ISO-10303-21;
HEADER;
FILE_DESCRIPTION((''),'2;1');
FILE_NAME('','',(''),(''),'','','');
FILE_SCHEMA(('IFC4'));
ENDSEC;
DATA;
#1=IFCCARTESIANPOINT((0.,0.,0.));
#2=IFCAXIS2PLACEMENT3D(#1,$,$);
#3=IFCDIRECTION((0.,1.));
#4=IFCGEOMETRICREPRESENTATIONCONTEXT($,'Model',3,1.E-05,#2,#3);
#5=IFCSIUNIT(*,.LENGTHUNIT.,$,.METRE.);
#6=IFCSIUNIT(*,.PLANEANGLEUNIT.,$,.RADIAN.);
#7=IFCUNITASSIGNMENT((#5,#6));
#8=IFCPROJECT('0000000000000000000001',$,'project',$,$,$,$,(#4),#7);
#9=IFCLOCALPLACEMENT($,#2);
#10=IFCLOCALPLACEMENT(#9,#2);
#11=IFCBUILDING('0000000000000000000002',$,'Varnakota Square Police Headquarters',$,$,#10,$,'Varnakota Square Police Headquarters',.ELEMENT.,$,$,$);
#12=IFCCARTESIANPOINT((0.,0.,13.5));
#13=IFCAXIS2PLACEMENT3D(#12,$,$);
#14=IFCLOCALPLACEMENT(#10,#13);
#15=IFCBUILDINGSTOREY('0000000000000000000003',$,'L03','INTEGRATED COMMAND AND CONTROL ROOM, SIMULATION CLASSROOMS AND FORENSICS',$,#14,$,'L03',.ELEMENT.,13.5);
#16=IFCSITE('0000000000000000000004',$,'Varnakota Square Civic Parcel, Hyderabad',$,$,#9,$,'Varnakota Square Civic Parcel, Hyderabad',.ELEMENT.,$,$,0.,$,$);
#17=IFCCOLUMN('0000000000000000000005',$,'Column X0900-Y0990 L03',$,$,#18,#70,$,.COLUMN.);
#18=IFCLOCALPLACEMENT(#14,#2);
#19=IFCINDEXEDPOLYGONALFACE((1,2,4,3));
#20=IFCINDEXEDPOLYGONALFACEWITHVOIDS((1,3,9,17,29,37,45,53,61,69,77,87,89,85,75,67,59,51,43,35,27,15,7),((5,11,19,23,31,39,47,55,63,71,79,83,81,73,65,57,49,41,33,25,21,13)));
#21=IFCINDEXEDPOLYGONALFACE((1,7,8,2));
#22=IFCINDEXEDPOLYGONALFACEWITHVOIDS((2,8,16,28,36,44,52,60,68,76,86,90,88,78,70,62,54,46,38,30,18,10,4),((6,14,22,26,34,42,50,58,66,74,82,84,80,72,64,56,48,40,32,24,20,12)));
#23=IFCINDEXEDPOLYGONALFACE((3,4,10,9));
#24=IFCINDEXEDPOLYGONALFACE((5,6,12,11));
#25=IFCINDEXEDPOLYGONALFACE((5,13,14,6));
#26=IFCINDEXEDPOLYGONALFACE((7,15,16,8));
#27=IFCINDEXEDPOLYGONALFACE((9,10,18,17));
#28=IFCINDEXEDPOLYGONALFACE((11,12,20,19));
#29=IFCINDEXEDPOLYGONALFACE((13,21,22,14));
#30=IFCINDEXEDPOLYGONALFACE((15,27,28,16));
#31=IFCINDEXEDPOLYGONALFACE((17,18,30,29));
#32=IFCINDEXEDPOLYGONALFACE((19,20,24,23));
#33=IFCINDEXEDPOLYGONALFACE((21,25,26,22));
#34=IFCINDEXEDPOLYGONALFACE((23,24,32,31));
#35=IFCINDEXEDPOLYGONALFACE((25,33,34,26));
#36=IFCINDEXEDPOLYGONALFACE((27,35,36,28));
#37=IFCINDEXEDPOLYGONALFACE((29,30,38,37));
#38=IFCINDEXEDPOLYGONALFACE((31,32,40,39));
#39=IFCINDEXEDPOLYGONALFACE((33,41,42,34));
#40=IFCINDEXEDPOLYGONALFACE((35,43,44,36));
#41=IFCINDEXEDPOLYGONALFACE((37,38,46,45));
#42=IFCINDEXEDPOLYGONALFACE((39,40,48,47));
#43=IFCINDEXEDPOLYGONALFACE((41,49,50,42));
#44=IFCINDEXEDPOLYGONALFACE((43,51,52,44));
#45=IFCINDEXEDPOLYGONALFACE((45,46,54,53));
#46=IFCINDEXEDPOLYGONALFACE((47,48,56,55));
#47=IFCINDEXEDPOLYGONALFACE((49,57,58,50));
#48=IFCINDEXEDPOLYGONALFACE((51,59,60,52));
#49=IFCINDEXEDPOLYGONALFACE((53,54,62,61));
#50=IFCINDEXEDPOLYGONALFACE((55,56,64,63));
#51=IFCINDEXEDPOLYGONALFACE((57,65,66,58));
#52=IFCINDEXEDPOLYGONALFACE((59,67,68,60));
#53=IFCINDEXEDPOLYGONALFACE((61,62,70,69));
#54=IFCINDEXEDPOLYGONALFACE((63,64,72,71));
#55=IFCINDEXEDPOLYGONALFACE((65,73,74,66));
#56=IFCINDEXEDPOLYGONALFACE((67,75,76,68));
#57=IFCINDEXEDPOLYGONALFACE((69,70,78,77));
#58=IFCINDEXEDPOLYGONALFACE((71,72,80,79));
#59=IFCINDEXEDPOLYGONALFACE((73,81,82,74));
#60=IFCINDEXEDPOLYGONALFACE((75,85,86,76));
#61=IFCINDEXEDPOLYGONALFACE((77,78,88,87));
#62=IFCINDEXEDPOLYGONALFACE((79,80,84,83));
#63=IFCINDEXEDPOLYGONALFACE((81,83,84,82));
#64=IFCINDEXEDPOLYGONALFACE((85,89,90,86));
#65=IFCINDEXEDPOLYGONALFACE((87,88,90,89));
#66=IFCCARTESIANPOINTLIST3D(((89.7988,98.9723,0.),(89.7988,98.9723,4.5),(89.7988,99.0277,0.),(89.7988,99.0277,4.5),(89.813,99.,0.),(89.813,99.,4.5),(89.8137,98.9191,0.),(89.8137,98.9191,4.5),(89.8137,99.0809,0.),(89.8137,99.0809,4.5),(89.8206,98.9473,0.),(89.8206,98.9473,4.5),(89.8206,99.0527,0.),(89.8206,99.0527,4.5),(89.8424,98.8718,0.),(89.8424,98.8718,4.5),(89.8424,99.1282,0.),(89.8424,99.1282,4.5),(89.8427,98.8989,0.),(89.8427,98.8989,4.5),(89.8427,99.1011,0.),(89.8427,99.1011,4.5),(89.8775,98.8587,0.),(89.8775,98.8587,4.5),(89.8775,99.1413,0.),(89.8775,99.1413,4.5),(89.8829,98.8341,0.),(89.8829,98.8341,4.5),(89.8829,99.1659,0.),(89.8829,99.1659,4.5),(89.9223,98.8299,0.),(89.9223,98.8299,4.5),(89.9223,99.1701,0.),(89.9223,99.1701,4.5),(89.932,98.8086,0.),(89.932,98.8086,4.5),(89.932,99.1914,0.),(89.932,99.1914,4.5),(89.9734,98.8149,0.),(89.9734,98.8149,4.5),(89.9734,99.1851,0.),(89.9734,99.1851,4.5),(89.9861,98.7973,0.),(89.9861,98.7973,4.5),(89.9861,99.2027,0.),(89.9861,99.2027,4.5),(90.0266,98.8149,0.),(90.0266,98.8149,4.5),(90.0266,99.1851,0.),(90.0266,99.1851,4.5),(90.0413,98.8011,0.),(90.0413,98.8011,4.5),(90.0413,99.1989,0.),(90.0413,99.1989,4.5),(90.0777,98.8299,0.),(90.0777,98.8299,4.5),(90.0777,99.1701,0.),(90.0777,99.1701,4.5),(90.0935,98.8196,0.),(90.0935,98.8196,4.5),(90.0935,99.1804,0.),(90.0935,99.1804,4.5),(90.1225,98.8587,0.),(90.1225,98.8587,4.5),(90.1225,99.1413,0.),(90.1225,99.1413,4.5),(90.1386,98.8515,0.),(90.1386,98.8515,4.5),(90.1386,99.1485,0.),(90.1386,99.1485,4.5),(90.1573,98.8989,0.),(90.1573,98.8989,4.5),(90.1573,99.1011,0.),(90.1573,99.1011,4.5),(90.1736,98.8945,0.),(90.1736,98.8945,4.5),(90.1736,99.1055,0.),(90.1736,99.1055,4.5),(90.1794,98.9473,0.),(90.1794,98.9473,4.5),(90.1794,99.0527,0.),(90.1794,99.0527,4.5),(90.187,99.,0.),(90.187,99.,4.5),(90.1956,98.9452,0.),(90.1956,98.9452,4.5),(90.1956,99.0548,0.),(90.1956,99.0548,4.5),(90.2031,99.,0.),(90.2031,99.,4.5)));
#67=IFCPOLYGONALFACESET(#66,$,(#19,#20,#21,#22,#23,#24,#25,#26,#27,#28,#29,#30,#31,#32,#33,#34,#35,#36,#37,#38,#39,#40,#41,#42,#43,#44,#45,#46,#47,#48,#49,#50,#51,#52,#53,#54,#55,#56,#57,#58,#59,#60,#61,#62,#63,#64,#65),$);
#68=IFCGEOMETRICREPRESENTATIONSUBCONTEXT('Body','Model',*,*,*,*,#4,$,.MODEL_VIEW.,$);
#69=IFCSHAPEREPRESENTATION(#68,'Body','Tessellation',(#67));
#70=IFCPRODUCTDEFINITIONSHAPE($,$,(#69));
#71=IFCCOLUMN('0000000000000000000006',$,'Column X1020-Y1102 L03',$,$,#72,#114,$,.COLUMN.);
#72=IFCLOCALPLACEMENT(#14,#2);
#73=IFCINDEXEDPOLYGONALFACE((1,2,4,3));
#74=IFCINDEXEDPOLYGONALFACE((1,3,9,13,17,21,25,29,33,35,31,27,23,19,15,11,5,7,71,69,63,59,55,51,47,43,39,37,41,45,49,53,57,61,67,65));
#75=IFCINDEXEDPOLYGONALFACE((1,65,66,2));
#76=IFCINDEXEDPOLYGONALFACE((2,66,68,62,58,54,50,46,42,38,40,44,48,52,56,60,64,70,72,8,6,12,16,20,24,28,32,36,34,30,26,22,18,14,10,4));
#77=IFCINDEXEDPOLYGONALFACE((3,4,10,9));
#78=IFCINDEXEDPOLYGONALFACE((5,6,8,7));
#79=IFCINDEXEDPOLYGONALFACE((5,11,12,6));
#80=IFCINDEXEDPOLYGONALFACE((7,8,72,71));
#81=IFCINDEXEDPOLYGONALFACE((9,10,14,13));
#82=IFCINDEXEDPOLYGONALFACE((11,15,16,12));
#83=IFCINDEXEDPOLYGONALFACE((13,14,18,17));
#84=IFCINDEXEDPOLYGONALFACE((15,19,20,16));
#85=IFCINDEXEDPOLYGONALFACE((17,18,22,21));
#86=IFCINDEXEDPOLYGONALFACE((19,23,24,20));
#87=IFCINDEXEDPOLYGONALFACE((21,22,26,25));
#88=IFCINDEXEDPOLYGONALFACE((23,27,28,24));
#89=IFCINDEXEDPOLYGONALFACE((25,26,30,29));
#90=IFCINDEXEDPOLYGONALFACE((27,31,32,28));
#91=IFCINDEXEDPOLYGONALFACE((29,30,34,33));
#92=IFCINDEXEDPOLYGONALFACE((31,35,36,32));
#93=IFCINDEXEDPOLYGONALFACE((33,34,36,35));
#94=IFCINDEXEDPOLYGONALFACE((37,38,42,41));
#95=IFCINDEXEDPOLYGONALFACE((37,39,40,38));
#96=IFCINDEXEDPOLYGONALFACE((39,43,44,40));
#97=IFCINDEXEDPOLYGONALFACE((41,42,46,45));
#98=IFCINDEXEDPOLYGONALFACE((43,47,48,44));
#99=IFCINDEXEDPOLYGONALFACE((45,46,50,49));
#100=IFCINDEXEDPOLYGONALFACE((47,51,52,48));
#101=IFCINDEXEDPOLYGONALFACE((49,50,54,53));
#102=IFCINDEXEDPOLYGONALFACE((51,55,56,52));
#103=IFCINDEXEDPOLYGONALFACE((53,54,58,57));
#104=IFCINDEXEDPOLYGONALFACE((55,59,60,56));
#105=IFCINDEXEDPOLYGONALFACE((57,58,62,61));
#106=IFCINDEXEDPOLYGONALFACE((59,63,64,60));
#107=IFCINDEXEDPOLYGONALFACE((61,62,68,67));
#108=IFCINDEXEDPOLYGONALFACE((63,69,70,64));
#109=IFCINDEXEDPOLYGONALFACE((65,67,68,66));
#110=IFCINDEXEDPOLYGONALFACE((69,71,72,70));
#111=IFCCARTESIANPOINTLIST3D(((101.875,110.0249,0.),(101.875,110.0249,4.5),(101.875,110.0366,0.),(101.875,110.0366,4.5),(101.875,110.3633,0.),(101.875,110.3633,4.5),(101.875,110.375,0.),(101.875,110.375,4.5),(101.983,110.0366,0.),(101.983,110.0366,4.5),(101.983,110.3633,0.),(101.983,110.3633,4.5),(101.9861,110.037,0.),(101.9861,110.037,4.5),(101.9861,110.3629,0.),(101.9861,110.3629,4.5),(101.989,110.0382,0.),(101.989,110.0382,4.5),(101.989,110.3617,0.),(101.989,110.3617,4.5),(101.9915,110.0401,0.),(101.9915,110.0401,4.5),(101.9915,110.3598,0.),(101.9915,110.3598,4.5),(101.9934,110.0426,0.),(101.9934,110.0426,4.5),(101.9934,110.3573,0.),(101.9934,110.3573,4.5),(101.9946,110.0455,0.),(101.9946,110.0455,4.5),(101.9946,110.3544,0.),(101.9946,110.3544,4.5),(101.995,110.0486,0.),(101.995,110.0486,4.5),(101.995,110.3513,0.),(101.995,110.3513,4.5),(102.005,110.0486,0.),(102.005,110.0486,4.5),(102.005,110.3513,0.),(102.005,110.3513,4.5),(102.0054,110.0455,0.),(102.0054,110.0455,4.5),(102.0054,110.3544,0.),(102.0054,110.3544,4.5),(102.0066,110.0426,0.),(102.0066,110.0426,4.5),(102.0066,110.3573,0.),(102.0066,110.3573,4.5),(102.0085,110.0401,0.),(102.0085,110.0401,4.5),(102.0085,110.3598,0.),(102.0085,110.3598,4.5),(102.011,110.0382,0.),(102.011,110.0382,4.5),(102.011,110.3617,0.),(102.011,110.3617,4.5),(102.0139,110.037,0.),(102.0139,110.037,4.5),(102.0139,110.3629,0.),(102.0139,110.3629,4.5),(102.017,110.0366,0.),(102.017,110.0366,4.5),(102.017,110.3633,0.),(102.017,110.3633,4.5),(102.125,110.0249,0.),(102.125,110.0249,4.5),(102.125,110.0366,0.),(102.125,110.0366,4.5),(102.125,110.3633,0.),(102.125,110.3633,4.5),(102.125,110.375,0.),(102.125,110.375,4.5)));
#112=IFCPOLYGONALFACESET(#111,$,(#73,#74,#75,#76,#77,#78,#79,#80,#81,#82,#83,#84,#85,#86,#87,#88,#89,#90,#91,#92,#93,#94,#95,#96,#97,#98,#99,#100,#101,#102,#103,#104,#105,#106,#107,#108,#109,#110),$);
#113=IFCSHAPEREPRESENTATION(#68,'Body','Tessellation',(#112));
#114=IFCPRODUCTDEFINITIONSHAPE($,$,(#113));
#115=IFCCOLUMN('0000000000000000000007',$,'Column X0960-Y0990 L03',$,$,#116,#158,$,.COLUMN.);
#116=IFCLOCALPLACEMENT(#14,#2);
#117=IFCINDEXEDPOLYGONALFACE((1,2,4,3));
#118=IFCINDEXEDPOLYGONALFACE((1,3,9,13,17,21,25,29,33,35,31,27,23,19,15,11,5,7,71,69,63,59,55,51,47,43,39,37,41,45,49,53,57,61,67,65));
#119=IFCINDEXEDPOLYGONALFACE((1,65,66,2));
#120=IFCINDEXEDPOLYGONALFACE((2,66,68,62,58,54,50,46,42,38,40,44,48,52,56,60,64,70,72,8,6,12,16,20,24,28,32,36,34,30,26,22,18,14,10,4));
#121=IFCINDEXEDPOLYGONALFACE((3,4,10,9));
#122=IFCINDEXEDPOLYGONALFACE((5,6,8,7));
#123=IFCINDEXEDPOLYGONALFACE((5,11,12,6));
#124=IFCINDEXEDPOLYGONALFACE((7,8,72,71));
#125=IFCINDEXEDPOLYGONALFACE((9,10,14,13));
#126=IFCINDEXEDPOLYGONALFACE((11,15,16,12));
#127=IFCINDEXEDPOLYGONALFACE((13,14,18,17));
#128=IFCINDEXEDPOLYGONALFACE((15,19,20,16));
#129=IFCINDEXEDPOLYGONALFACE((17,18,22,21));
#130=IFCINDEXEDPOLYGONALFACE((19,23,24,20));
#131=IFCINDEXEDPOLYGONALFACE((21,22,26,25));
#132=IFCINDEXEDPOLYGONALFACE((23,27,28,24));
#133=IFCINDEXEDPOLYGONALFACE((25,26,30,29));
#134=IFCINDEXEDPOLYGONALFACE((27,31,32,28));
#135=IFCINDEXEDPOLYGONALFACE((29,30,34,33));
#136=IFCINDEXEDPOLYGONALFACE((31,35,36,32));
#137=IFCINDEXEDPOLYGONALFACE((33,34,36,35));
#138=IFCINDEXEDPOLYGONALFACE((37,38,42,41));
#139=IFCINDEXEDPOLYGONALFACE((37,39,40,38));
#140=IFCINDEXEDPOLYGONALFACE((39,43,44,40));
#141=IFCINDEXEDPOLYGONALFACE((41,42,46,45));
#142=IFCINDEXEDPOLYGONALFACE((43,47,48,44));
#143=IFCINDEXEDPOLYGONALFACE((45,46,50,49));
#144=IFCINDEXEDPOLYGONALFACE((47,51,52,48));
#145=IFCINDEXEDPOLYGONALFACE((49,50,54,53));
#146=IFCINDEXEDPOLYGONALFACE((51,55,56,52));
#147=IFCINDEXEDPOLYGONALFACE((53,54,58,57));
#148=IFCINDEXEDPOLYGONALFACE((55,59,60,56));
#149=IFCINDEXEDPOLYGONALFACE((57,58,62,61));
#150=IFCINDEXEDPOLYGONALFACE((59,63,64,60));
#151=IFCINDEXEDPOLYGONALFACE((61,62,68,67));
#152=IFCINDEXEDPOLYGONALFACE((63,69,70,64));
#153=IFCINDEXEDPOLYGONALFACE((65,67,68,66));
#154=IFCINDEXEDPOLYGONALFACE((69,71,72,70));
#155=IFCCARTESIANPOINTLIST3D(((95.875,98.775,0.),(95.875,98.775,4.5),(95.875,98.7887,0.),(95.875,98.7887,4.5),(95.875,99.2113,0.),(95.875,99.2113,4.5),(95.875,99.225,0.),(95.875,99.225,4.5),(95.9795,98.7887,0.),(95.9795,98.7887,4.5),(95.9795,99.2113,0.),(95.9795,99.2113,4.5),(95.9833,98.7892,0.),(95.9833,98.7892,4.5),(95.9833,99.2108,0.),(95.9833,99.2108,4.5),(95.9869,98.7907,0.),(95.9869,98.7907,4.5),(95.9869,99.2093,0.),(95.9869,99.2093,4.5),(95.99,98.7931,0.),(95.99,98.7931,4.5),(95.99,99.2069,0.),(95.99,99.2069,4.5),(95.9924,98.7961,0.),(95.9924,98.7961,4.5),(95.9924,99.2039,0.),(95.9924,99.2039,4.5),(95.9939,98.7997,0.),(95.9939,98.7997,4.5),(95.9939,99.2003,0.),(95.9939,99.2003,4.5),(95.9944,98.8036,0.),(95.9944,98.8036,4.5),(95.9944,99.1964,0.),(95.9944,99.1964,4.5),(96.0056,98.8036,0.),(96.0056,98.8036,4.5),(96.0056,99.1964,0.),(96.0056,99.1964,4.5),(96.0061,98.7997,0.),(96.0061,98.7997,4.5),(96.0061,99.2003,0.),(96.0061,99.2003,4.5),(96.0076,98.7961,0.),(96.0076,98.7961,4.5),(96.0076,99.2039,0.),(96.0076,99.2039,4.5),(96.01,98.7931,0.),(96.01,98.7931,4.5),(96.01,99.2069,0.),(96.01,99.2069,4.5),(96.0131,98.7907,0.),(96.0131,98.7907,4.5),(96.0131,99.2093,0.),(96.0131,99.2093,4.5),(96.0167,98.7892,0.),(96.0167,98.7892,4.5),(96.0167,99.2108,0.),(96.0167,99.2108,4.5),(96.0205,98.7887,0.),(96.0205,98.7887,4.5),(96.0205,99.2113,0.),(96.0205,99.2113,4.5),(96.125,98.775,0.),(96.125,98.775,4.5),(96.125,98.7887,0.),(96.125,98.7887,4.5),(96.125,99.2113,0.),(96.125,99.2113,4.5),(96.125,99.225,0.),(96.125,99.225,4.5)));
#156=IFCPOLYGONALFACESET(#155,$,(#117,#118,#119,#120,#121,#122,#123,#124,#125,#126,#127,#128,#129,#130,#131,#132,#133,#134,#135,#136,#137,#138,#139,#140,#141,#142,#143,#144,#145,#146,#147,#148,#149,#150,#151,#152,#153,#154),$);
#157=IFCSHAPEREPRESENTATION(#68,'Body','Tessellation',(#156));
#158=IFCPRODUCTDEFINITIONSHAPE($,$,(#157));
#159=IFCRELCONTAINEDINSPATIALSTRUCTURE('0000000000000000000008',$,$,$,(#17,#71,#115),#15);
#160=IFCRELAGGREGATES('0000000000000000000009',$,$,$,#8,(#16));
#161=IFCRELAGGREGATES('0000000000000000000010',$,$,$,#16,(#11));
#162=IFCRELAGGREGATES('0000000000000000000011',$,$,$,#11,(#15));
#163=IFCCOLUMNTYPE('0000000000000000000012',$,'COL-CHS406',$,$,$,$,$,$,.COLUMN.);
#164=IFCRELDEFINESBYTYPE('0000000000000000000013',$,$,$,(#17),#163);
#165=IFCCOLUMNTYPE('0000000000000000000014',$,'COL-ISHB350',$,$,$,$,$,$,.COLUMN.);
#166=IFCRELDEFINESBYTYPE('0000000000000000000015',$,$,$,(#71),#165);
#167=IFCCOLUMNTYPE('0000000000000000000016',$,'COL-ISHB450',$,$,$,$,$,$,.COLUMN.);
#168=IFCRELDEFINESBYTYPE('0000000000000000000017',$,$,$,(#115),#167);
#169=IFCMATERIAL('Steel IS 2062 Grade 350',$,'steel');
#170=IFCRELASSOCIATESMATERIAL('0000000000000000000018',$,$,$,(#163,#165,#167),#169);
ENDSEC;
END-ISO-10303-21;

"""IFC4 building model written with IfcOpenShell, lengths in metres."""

from ifc_helpers import new_model, si_unit, direction, frame, origin, origin_2d, place, context, subcontext, project, spatial, hollow_circle, i_section, extrude, material, material_profile, profile_set, type_object, element, save


model = new_model("IFC4")

# Units and contexts
model_context = context("Model", 3, precision=1e-05, world=origin(), true_north=direction((0.0, 1.0)))
body_context = subcontext(model_context, "Body", "Model", "MODEL_VIEW")
ifc_project = project(units=[si_unit("LENGTHUNIT", "METRE"), si_unit("PLANEANGLEUNIT", "RADIAN")], contexts=[model_context])

# Site, building, storey
site_placement = place(None, origin())
site = spatial("IfcSite", under=ifc_project, at=site_placement, Name="Varnakota Square Civic Parcel, Hyderabad", LongName="Varnakota Square Civic Parcel, Hyderabad", CompositionType="ELEMENT", RefElevation=0.0)
building_placement = place(site_placement, origin())
building = spatial("IfcBuilding", under=site, at=building_placement, Name="Varnakota Square Police Headquarters", LongName="Varnakota Square Police Headquarters", CompositionType="ELEMENT")
storey_placement = place(building_placement, frame((0.0, 0.0, 13.5)))
storey = spatial("IfcBuildingStorey", under=building, at=storey_placement, Name="L03", Description="INTEGRATED COMMAND AND CONTROL ROOM, SIMULATION CLASSROOMS AND FORENSICS", LongName="L03", CompositionType="ELEMENT", Elevation=13.5)

# Columns
ifc_material_1 = material(Name="Steel IS 2062 Grade 350", Category="steel")
ifc_material_profile_1 = material_profile(ifc_material_1, hollow_circle(Radius=0.2031, WallThickness=0.0161, at=origin_2d()), Name="CHS 406.4x16.0")
ifc_profile_set_1 = profile_set([ifc_material_profile_1], Name="Steel IS 2062 Grade 350")
column_type_1 = type_object("IfcColumnType", Name="COL-CHS406", PredefinedType="COLUMN", material=ifc_profile_set_1)
column_1_placement = place(storey_placement, frame((90.0, 99.0, 0.0), z_axis=(0.0, 0.0, 1.0), x_axis=(1.0, 0.0, 0.0)))
element("IfcColumn", 1, at=column_1_placement, inside=storey, type_object=column_type_1, Name="Column X0900-Y0990 L03", PredefinedType="COLUMN", context=body_context, shape_type="SweptSolid", body=[
    extrude(hollow_circle(Radius=0.2031, WallThickness=0.0161, at=origin_2d()), origin(), (0.0, 0.0, 1.0), 4.5),
])
ifc_material_profile_2 = material_profile(ifc_material_1, i_section(OverallWidth=0.25, OverallDepth=0.3501, WebThickness=0.01, FlangeThickness=0.0117, FilletRadius=0.012, at=origin_2d()), Name="ISHB 350")
ifc_profile_set_2 = profile_set([ifc_material_profile_2], Name="Steel IS 2062 Grade 350")
column_type_2 = type_object("IfcColumnType", Name="COL-ISHB350", PredefinedType="COLUMN", material=ifc_profile_set_2)
column_2_placement = place(storey_placement, frame((102.0, 110.2, 0.0), z_axis=(0.0, 0.0, 1.0), x_axis=(1.0, 0.0, 0.0)))
element("IfcColumn", 2, at=column_2_placement, inside=storey, type_object=column_type_2, Name="Column X1020-Y1102 L03", PredefinedType="COLUMN", context=body_context, shape_type="SweptSolid", body=[
    extrude(i_section(OverallWidth=0.25, OverallDepth=0.3501, WebThickness=0.01, FlangeThickness=0.0117, FilletRadius=0.012, at=origin_2d()), origin(), (0.0, 0.0, 1.0), 4.5),
])
ifc_material_profile_3 = material_profile(ifc_material_1, i_section(OverallWidth=0.25, OverallDepth=0.45, WebThickness=0.0112, FlangeThickness=0.0137, FilletRadius=0.0149, at=origin_2d()), Name="ISHB 450")
ifc_profile_set_3 = profile_set([ifc_material_profile_3], Name="Steel IS 2062 Grade 350")
column_type_3 = type_object("IfcColumnType", Name="COL-ISHB450", PredefinedType="COLUMN", material=ifc_profile_set_3)
column_3_placement = place(storey_placement, frame((96.0, 99.0, 0.0), z_axis=(0.0, 0.0, 1.0), x_axis=(1.0, 0.0, 0.0)))
element("IfcColumn", 3, at=column_3_placement, inside=storey, type_object=column_type_3, Name="Column X0960-Y0990 L03", PredefinedType="COLUMN", context=body_context, shape_type="SweptSolid", body=[
    extrude(i_section(OverallWidth=0.25, OverallDepth=0.45, WebThickness=0.0112, FlangeThickness=0.0137, FilletRadius=0.0149, at=origin_2d()), origin(), (0.0, 0.0, 1.0), 4.5),
])

save(model, "model.ifc")
